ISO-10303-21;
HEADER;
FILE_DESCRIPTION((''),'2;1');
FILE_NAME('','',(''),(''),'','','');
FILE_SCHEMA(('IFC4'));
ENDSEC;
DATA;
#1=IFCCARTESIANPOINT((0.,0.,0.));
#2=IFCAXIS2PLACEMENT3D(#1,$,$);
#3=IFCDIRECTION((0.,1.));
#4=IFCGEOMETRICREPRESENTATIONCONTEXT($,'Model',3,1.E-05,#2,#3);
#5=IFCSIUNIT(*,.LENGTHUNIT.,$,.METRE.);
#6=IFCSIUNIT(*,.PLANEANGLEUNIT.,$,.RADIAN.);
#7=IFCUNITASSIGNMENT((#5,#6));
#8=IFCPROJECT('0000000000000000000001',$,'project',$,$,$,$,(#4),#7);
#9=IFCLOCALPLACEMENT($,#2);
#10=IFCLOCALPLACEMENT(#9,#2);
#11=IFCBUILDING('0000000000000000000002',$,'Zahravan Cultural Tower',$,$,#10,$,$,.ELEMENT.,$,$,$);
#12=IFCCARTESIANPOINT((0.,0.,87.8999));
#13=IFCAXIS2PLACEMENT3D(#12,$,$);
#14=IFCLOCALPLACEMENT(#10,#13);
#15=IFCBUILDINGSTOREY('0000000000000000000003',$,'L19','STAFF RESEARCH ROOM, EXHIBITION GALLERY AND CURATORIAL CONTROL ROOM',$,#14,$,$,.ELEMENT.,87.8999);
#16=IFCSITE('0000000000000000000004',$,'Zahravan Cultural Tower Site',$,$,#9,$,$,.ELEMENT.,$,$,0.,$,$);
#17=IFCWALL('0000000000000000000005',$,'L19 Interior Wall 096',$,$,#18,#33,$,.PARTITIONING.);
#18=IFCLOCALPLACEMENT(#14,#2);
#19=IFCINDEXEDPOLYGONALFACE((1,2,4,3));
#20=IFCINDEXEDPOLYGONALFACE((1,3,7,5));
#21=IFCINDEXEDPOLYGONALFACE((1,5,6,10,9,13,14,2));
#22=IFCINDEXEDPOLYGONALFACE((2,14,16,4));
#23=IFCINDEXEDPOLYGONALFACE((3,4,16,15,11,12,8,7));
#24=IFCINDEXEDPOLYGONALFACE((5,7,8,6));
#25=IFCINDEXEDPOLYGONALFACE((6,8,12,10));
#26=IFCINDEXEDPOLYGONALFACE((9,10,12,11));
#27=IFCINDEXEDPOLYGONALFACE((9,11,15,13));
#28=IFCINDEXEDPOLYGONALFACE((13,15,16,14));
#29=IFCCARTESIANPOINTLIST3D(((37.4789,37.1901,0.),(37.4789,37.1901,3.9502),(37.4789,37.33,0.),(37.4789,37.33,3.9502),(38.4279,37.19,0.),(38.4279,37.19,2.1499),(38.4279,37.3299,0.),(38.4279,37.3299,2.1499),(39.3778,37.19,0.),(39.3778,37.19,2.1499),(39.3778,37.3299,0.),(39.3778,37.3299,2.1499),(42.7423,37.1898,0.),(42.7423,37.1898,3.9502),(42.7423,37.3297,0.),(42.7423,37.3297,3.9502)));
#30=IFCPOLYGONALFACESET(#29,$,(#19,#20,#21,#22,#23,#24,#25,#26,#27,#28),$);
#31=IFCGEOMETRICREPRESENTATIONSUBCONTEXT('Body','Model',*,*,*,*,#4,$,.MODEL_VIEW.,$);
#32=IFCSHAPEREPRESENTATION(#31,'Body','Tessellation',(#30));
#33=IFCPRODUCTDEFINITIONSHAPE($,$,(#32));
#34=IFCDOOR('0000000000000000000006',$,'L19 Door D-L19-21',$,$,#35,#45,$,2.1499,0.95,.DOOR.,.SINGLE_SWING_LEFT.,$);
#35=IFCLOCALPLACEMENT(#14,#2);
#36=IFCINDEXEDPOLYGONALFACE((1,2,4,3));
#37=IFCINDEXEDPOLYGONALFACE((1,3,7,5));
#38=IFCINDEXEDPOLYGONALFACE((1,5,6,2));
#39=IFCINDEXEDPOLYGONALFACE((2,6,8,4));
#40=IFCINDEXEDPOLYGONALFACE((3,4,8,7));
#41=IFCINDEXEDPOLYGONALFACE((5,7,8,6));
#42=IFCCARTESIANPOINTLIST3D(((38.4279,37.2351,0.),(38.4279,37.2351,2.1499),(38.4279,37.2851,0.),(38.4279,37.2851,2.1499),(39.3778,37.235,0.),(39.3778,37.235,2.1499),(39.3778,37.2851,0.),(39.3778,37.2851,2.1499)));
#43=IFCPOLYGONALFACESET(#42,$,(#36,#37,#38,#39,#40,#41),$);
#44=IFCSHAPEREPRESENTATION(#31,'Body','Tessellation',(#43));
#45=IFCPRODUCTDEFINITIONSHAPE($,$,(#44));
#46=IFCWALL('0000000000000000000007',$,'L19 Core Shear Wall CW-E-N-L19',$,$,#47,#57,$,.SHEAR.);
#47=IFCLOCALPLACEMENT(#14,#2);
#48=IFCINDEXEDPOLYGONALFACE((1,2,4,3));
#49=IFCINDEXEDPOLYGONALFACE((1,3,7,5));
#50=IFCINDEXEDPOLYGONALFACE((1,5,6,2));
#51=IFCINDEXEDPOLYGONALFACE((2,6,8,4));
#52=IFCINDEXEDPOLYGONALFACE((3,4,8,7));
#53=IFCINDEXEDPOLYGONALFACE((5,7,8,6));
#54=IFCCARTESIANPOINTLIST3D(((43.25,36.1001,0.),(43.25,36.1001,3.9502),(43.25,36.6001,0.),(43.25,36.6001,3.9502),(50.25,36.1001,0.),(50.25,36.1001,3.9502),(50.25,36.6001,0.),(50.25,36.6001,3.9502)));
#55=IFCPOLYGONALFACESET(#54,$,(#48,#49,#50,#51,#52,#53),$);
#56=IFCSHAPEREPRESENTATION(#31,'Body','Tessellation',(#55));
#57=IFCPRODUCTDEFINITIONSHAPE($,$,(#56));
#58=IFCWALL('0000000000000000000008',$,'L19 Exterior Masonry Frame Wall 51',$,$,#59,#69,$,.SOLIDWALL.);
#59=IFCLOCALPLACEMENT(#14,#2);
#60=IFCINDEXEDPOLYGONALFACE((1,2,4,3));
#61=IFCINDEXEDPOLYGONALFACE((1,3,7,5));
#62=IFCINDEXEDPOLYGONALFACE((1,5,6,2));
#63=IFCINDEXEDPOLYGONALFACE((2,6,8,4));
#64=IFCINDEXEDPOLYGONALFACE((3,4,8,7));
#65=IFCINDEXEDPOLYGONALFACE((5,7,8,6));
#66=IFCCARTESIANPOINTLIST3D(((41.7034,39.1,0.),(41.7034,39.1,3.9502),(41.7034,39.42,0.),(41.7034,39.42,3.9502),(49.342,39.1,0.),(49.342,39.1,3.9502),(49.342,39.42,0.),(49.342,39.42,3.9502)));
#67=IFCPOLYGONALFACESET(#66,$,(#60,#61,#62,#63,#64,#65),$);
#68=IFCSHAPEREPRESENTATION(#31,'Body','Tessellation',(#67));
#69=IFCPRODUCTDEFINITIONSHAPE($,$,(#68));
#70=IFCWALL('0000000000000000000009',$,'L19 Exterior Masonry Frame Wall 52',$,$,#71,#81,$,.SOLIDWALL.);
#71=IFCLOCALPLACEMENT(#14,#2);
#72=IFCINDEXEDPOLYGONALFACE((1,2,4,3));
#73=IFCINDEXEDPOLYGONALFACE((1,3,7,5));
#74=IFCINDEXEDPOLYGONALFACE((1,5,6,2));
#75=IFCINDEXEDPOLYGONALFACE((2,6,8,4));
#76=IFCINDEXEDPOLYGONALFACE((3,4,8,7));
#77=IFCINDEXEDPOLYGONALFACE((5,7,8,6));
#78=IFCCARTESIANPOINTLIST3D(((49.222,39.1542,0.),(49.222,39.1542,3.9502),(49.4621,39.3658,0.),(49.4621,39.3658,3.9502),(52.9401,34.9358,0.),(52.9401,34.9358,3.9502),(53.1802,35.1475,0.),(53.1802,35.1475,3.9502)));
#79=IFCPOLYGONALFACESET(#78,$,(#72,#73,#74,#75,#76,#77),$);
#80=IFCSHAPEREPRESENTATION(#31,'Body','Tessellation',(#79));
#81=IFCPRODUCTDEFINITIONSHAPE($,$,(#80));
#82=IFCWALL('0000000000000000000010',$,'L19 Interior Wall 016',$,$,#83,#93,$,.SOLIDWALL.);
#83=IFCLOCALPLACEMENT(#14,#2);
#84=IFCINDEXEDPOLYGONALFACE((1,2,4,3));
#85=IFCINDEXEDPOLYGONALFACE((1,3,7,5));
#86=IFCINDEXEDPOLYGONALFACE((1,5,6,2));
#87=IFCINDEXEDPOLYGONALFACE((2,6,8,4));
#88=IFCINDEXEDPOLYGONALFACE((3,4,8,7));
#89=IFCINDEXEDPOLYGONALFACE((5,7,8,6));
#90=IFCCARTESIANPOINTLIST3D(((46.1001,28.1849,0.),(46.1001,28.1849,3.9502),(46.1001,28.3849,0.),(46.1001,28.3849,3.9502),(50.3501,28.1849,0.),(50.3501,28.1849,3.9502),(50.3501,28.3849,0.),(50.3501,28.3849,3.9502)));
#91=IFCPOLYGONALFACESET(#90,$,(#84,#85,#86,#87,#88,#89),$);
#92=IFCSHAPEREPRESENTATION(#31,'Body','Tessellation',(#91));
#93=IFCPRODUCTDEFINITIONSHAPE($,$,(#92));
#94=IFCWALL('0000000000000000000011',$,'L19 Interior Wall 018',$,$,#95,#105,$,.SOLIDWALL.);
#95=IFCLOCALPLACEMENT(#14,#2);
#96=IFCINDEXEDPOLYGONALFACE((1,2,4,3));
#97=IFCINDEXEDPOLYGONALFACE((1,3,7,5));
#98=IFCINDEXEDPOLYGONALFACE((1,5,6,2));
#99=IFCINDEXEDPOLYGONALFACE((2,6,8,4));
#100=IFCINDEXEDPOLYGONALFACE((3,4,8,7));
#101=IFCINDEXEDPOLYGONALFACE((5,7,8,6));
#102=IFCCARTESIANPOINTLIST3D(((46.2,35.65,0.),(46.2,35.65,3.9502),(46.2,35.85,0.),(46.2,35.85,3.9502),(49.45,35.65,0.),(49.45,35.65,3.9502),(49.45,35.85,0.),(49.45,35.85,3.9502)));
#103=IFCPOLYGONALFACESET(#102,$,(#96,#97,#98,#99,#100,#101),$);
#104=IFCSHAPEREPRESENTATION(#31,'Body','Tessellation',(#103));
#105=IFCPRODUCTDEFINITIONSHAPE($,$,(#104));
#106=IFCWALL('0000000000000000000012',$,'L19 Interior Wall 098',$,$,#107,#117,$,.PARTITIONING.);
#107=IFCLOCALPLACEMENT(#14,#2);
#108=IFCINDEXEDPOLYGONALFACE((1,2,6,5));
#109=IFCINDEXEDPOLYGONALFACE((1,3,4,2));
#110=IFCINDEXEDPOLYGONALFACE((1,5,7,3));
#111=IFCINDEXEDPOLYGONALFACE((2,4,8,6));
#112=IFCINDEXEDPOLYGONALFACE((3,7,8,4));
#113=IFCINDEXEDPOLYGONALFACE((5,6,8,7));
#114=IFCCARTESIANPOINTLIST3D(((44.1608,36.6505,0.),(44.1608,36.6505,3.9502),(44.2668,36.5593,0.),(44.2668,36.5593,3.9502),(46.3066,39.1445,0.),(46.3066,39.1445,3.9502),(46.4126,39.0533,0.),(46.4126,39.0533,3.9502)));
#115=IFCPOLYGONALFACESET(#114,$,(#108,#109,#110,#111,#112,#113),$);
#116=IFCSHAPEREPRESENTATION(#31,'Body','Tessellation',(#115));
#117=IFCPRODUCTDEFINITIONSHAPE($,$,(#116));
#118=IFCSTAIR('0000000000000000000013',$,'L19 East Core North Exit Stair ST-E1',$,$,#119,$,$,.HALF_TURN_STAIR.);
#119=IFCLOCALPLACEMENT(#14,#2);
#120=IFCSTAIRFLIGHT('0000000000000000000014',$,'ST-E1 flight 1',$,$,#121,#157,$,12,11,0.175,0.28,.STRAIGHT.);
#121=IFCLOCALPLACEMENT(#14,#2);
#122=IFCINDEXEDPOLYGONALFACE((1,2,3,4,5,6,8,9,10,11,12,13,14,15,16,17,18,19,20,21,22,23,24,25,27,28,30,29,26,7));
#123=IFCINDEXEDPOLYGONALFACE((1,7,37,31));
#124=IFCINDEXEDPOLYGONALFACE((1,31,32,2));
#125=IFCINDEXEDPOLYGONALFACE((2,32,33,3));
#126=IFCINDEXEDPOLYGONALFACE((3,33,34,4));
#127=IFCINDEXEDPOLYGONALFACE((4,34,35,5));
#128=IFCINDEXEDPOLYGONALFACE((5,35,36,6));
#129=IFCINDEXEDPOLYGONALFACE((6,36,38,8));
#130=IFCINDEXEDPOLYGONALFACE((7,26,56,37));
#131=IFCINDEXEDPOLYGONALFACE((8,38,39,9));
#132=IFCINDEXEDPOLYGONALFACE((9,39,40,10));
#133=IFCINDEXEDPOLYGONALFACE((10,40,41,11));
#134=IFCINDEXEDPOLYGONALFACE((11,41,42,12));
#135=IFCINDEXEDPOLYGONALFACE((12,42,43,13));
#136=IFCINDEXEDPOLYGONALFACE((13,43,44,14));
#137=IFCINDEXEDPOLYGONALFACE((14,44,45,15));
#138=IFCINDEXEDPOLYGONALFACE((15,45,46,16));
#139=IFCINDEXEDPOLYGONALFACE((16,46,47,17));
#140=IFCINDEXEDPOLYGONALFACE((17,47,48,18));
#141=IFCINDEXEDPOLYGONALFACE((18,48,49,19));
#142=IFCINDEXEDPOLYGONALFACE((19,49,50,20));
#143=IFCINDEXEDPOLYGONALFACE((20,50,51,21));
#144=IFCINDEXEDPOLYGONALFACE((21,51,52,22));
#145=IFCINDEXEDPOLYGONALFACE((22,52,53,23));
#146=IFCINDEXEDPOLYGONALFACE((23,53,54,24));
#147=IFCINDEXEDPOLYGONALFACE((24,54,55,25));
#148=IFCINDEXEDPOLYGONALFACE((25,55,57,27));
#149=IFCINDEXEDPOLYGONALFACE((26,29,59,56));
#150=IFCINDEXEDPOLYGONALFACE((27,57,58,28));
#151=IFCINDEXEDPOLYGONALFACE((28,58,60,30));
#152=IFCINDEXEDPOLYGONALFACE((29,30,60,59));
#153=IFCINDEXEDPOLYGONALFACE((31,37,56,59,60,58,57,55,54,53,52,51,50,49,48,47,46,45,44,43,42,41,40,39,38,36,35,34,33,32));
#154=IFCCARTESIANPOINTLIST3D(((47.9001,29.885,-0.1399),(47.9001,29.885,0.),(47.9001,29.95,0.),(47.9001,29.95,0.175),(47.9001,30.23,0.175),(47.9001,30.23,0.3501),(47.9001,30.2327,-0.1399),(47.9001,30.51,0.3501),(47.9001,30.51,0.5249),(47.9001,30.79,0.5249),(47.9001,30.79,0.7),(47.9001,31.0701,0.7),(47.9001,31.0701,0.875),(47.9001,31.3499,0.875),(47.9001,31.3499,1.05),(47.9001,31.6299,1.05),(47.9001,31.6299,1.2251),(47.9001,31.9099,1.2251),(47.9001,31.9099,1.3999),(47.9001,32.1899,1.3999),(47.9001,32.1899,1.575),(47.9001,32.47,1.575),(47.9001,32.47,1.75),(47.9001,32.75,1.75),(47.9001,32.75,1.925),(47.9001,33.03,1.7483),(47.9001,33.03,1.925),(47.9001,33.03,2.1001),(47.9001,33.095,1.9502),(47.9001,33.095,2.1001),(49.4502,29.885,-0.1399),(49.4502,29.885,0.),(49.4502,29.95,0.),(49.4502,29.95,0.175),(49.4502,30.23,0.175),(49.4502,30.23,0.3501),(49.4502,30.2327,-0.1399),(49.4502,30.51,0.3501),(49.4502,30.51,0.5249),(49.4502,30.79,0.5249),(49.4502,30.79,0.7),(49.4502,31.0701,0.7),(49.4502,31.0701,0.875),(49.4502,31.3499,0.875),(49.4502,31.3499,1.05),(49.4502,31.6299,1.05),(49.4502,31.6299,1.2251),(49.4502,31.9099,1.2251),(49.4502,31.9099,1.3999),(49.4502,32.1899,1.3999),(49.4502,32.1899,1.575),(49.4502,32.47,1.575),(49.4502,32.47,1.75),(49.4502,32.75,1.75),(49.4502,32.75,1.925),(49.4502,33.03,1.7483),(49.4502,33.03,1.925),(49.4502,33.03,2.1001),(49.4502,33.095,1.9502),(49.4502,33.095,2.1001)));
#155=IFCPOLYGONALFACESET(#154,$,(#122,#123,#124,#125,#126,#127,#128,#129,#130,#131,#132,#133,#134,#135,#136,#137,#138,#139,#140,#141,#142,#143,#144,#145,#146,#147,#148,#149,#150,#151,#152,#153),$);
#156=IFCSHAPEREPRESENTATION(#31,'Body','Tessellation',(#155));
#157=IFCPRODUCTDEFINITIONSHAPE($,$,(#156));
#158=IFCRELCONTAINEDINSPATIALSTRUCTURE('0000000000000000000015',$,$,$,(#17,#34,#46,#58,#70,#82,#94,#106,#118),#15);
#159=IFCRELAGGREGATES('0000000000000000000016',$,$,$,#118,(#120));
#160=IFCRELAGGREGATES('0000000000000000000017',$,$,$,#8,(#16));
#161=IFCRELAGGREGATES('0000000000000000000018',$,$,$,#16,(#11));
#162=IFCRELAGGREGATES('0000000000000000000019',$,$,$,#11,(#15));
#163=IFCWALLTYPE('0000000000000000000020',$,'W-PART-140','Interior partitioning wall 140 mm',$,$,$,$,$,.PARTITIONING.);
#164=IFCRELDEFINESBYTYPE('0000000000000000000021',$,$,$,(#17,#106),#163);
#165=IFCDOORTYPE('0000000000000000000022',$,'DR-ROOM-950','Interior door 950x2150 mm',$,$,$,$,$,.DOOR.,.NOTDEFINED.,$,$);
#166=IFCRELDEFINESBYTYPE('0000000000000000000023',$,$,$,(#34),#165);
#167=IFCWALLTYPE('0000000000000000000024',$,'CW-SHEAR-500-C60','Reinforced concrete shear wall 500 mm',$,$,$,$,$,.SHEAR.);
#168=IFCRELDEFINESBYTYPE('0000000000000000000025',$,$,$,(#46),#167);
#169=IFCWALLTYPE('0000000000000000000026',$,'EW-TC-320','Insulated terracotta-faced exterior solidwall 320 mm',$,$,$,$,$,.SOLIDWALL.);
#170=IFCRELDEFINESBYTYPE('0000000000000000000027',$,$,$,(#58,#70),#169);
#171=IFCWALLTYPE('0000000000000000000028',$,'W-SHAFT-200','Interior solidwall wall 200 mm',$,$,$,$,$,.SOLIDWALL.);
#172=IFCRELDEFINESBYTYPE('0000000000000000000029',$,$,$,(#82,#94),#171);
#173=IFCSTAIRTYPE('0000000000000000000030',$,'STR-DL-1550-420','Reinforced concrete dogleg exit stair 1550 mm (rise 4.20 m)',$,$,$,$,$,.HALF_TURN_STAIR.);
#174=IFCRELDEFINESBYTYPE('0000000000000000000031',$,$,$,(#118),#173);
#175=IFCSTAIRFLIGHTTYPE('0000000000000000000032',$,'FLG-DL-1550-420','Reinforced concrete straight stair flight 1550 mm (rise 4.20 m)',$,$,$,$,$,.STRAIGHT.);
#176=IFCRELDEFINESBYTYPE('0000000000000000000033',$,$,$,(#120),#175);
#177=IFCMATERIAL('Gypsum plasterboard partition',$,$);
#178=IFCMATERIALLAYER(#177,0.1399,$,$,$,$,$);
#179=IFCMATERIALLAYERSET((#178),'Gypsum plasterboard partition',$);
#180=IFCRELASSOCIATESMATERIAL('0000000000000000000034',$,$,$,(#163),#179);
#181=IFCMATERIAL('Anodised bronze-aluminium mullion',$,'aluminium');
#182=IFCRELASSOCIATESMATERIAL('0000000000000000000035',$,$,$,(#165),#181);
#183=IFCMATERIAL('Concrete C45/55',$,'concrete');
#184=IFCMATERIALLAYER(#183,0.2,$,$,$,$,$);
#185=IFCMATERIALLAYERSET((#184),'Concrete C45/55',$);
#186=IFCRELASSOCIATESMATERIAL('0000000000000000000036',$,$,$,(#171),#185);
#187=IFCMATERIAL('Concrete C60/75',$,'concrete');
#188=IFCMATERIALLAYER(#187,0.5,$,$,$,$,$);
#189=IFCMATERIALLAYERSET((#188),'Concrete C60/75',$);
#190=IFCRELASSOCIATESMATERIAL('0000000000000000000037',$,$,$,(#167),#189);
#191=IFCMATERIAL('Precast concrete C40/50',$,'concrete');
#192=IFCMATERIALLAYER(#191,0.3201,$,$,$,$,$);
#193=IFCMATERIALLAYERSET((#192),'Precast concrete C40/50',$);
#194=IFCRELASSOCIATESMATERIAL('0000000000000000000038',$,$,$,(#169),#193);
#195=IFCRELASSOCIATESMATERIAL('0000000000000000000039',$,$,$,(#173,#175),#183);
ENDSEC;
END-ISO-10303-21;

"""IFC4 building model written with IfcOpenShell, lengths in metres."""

from ifc_helpers import new_model, si_unit, direction, frame, frame_2d, origin, place, context, subcontext, project, spatial, polyline, rectangle, outline, extrude, source, transform, mapped, material, layer, layer_set, type_object, element, fill, aggregate, save


model = new_model("IFC4")

# Units and contexts
model_context = context("Model", 3, precision=1e-05, world=origin(), true_north=direction((0.0, 1.0)))
body_context = subcontext(model_context, "Body", "Model", "MODEL_VIEW")
ifc_project = project(units=[si_unit("LENGTHUNIT", "METRE"), si_unit("PLANEANGLEUNIT", "RADIAN")], contexts=[model_context])

# Site, building, storey
site_placement = place(None, origin())
site = spatial("IfcSite", under=ifc_project, at=site_placement, Name="Zahravan Cultural Tower Site", CompositionType="ELEMENT", RefElevation=0.0)
building_placement = place(site_placement, origin())
building = spatial("IfcBuilding", under=site, at=building_placement, Name="Zahravan Cultural Tower", CompositionType="ELEMENT")
storey_placement = place(building_placement, frame((0.0, 0.0, 87.8999)))
storey = spatial("IfcBuildingStorey", under=building, at=storey_placement, Name="L19", Description="STAFF RESEARCH ROOM, EXHIBITION GALLERY AND CURATORIAL CONTROL ROOM", CompositionType="ELEMENT", Elevation=87.8999)

# Shared definitions
ifc_material_1 = material(Name="Concrete C60/75", Category="concrete")

# Shared definitions
ifc_material_2 = material(Name="Anodised bronze-aluminium mullion", Category="aluminium")

# Wall, opening, door
ifc_material_3 = material(Name="Gypsum plasterboard partition")
ifc_layer_1 = layer(ifc_material_3, 0.1399)
ifc_layer_set_1 = layer_set([ifc_layer_1], Name="Gypsum plasterboard partition")
wall_type_1 = type_object("IfcWallType", Name="W-PART-140", Description="Interior partitioning wall 140 mm", PredefinedType="PARTITIONING", material=ifc_layer_set_1)
wall_1_placement = place(storey_placement, frame((42.7424, 37.2598, 0.0), z_axis=(0.0, 0.0, 1.0), x_axis=(-1.0, 0.000046, 0.0)))
wall_1 = element("IfcWall", 1, at=wall_1_placement, inside=storey, type_object=wall_type_1, Name="L19 Interior Wall 096", PredefinedType="PARTITIONING", context=body_context, shape_type="SweptSolid", body=[
    extrude(rectangle(XDim=5.2634, YDim=0.1399, at=frame_2d((2.6318, 0.0))), origin(), (0.0, 0.0, 1.0), 3.9502),
])
opening_1_placement = place(wall_1_placement, frame((3.3645, 0.0, 0.0)))
opening_1 = element("IfcOpeningElement", 2, at=opening_1_placement, cuts=wall_1, PredefinedType="OPENING", context=body_context, shape_type="SweptSolid", body=[
    extrude(rectangle(XDim=0.95, YDim=2.1499, at=frame_2d((0.4751, 1.075))), frame((0.0, 0.0798, 0.0), z_axis=(0.0, -1.0, 0.0), x_axis=(1.0, 0.0, 0.0)), (0.0, 0.0, 1.0), 0.1599),
])
door_type_1 = type_object("IfcDoorType", Name="DR-ROOM-950", Description="Interior door 950x2150 mm", OperationType="NOTDEFINED", PredefinedType="DOOR", material=ifc_material_2)
shared_shape_1 = source(origin(), body_context, "Body", "SweptSolid", [
    extrude(rectangle(XDim=0.95, YDim=2.1499, at=frame_2d((0.4751, 1.075))), frame((0.0, 0.0249, 0.0), z_axis=(0.0, -1.0, 0.0), x_axis=(1.0, 0.0, 0.0)), (0.0, 0.0, 1.0), 0.05),
])
door_1_placement = place(opening_1_placement, origin())
door_1 = element("IfcDoor", 3, at=door_1_placement, inside=storey, type_object=door_type_1, Name="L19 Door D-L19-21", OperationType="SINGLE_SWING_LEFT", OverallHeight=2.1499, OverallWidth=0.95, PredefinedType="DOOR", context=body_context, shape_type="MappedRepresentation", body=[
    mapped(shared_shape_1, transform((0.0, 0.0, 0.0), x_axis=(1.0, 0.0, 0.0), y_axis=(0.0, 1.0, 0.0), z_axis=(0.0, 0.0, 1.0), scale=1.0)),
])
fill(opening_1, door_1)
ifc_material_4 = material(Name="Concrete C45/55", Category="concrete")
ifc_layer_2 = layer(ifc_material_4, 0.2)
ifc_layer_set_2 = layer_set([ifc_layer_2], Name="Concrete C45/55")
wall_type_2 = type_object("IfcWallType", Name="W-SHAFT-200", Description="Interior solidwall wall 200 mm", PredefinedType="SOLIDWALL", material=ifc_layer_set_2)

# Walls
ifc_layer_3 = layer(ifc_material_1, 0.5)
ifc_layer_set_3 = layer_set([ifc_layer_3], Name="Concrete C60/75")
wall_type_3 = type_object("IfcWallType", Name="CW-SHEAR-500-C60", Description="Reinforced concrete shear wall 500 mm", PredefinedType="SHEAR", material=ifc_layer_set_3)
shared_shape_2 = source(origin(), body_context, "Body", "SweptSolid", [
    extrude(rectangle(XDim=7.0, YDim=0.5, at=frame_2d((3.5, 0.0))), origin(), (0.0, 0.0, 1.0), 3.9502),
])
wall_2_placement = place(storey_placement, frame((43.25, 36.3501, 0.0), z_axis=(0.0, 0.0, 1.0), x_axis=(1.0, 0.0, 0.0)))
element("IfcWall", 4, at=wall_2_placement, inside=storey, type_object=wall_type_3, Name="L19 Core Shear Wall CW-E-N-L19", PredefinedType="SHEAR", context=body_context, shape_type="MappedRepresentation", body=[
    mapped(shared_shape_2, transform((0.0, 0.0, 0.0), x_axis=(1.0, 0.0, 0.0), y_axis=(0.0, 1.0, 0.0), z_axis=(0.0, 0.0, 1.0), scale=1.0)),
])
ifc_material_5 = material(Name="Precast concrete C40/50", Category="concrete")
ifc_layer_4 = layer(ifc_material_5, 0.3201)
ifc_layer_set_4 = layer_set([ifc_layer_4], Name="Precast concrete C40/50")
wall_type_4 = type_object("IfcWallType", Name="EW-TC-320", Description="Insulated terracotta-faced exterior solidwall 320 mm", PredefinedType="SOLIDWALL", material=ifc_layer_set_4)
shared_shape_3 = source(origin(), body_context, "Body", "SweptSolid", [
    extrude(rectangle(XDim=7.6387, YDim=0.3201, at=frame_2d((3.8193, 0.0))), origin(), (0.0, 0.0, 1.0), 3.9502),
])
wall_3_placement = place(storey_placement, frame((41.7034, 39.26, 0.0), z_axis=(0.0, 0.0, 1.0), x_axis=(1.0, 0.0, 0.0)))
element("IfcWall", 5, at=wall_3_placement, inside=storey, type_object=wall_type_4, Name="L19 Exterior Masonry Frame Wall 51", PredefinedType="SOLIDWALL", context=body_context, shape_type="MappedRepresentation", body=[
    mapped(shared_shape_3, transform((0.0, 0.0, 0.0), x_axis=(1.0, 0.0, 0.0), y_axis=(0.0, 1.0, 0.0), z_axis=(0.0, 0.0, 1.0), scale=1.0)),
])
shared_shape_4 = source(origin(), body_context, "Body", "SweptSolid", [
    extrude(rectangle(XDim=5.623, YDim=0.3201, at=frame_2d((2.8115, 0.0))), origin(), (0.0, 0.0, 1.0), 3.9502),
])
wall_4_placement = place(storey_placement, frame((49.342, 39.26, 0.0), z_axis=(0.0, 0.0, 1.0), x_axis=(0.661224, -0.750189, 0.0)))
element("IfcWall", 6, at=wall_4_placement, inside=storey, type_object=wall_type_4, Name="L19 Exterior Masonry Frame Wall 52", PredefinedType="SOLIDWALL", context=body_context, shape_type="MappedRepresentation", body=[
    mapped(shared_shape_4, transform((0.0, 0.0, 0.0), x_axis=(1.0, 0.0, 0.0), y_axis=(0.0, 1.0, 0.0), z_axis=(0.0, 0.0, 1.0), scale=1.0)),
])
shared_shape_5 = source(origin(), body_context, "Body", "SweptSolid", [
    extrude(rectangle(XDim=4.25, YDim=0.2, at=frame_2d((2.125, 0.0))), origin(), (0.0, 0.0, 1.0), 3.9502),
])
wall_5_placement = place(storey_placement, frame((46.1001, 28.2849, 0.0), z_axis=(0.0, 0.0, 1.0), x_axis=(1.0, 0.0, 0.0)))
element("IfcWall", 7, at=wall_5_placement, inside=storey, type_object=wall_type_2, Name="L19 Interior Wall 016", PredefinedType="SOLIDWALL", context=body_context, shape_type="MappedRepresentation", body=[
    mapped(shared_shape_5, transform((0.0, 0.0, 0.0), x_axis=(1.0, 0.0, 0.0), y_axis=(0.0, 1.0, 0.0), z_axis=(0.0, 0.0, 1.0), scale=1.0)),
])
shared_shape_6 = source(origin(), body_context, "Body", "SweptSolid", [
    extrude(rectangle(XDim=3.25, YDim=0.2, at=frame_2d((1.625, 0.0))), origin(), (0.0, 0.0, 1.0), 3.9502),
])
wall_6_placement = place(storey_placement, frame((46.2, 35.75, 0.0), z_axis=(0.0, 0.0, 1.0), x_axis=(1.0, 0.0, 0.0)))
element("IfcWall", 8, at=wall_6_placement, inside=storey, type_object=wall_type_2, Name="L19 Interior Wall 018", PredefinedType="SOLIDWALL", context=body_context, shape_type="MappedRepresentation", body=[
    mapped(shared_shape_6, transform((0.0, 0.0, 0.0), x_axis=(1.0, 0.0, 0.0), y_axis=(0.0, 1.0, 0.0), z_axis=(0.0, 0.0, 1.0), scale=1.0)),
])
shared_shape_7 = source(origin(), body_context, "Body", "SweptSolid", [
    extrude(rectangle(XDim=3.29, YDim=0.1399, at=frame_2d((1.645, 0.0))), origin(), (0.0, 0.0, 1.0), 3.9502),
])
wall_7_placement = place(storey_placement, frame((46.3596, 39.0989, 0.0), z_axis=(0.0, 0.0, 1.0), x_axis=(-0.652214, -0.758035, 0.0)))
element("IfcWall", 9, at=wall_7_placement, inside=storey, type_object=wall_type_1, Name="L19 Interior Wall 098", PredefinedType="PARTITIONING", context=body_context, shape_type="MappedRepresentation", body=[
    mapped(shared_shape_7, transform((0.0, 0.0, 0.0), x_axis=(1.0, 0.0, 0.0), y_axis=(0.0, 1.0, 0.0), z_axis=(0.0, 0.0, 1.0), scale=1.0)),
])

# Stair, stair flight
stair_type = type_object("IfcStairType", Name="STR-DL-1550-420", Description="Reinforced concrete dogleg exit stair 1550 mm (rise 4.20 m)", PredefinedType="HALF_TURN_STAIR", material=ifc_material_4)
stair_placement = place(storey_placement, origin())
stair = element("IfcStair", 10, at=stair_placement, inside=storey, type_object=stair_type, Name="L19 East Core North Exit Stair ST-E1", PredefinedType="HALF_TURN_STAIR")
stair_flight_type = type_object("IfcStairFlightType", Name="FLG-DL-1550-420", Description="Reinforced concrete straight stair flight 1550 mm (rise 4.20 m)", PredefinedType="STRAIGHT", material=ifc_material_4)
stair_flight_1_placement = place(storey_placement, frame((48.675, 29.95, 0.0), z_axis=(0.0, 0.0, 1.0), x_axis=(0.0, 1.0, 0.0)))
stair_flight_1 = element("IfcStairFlight", 11, at=stair_flight_1_placement, type_object=stair_flight_type, Name="ST-E1 flight 1", NumberOfRisers=12, NumberOfTreads=11, PredefinedType="STRAIGHT", RiserHeight=0.175, TreadLength=0.28, context=body_context, shape_type="SweptSolid", body=[
    extrude(outline(polyline([(-0.0649, -0.1399), (-0.0649, 0.0), (0.0, 0.0), (0.0, 0.175), (0.28, 0.175), (0.28, 0.3501), (0.5601, 0.3501), (0.5601, 0.5249), (0.8401, 0.5249), (0.8401, 0.7), (1.1201, 0.7), (1.1201, 0.875), (1.3999, 0.875), (1.3999, 1.05), (1.6799, 1.05), (1.6799, 1.2251), (1.96, 1.2251), (1.96, 1.3999), (2.24, 1.3999), (2.24, 1.575), (2.52, 1.575), (2.52, 1.75), (2.8, 1.75), (2.8, 1.925), (3.0801, 1.925), (3.0801, 2.1001), (3.145, 2.1001), (3.145, 1.9502), (3.0801, 1.7483), (0.2827, -0.1399), (-0.0649, -0.1399)])), frame((0.0, 0.7749, 0.0), z_axis=(0.0, -1.0, 0.0), x_axis=(1.0, 0.0, 0.0)), (0.0, 0.0, 1.0), 1.55),
])
aggregate(stair, [stair_flight_1])

save(model, "model.ifc")
